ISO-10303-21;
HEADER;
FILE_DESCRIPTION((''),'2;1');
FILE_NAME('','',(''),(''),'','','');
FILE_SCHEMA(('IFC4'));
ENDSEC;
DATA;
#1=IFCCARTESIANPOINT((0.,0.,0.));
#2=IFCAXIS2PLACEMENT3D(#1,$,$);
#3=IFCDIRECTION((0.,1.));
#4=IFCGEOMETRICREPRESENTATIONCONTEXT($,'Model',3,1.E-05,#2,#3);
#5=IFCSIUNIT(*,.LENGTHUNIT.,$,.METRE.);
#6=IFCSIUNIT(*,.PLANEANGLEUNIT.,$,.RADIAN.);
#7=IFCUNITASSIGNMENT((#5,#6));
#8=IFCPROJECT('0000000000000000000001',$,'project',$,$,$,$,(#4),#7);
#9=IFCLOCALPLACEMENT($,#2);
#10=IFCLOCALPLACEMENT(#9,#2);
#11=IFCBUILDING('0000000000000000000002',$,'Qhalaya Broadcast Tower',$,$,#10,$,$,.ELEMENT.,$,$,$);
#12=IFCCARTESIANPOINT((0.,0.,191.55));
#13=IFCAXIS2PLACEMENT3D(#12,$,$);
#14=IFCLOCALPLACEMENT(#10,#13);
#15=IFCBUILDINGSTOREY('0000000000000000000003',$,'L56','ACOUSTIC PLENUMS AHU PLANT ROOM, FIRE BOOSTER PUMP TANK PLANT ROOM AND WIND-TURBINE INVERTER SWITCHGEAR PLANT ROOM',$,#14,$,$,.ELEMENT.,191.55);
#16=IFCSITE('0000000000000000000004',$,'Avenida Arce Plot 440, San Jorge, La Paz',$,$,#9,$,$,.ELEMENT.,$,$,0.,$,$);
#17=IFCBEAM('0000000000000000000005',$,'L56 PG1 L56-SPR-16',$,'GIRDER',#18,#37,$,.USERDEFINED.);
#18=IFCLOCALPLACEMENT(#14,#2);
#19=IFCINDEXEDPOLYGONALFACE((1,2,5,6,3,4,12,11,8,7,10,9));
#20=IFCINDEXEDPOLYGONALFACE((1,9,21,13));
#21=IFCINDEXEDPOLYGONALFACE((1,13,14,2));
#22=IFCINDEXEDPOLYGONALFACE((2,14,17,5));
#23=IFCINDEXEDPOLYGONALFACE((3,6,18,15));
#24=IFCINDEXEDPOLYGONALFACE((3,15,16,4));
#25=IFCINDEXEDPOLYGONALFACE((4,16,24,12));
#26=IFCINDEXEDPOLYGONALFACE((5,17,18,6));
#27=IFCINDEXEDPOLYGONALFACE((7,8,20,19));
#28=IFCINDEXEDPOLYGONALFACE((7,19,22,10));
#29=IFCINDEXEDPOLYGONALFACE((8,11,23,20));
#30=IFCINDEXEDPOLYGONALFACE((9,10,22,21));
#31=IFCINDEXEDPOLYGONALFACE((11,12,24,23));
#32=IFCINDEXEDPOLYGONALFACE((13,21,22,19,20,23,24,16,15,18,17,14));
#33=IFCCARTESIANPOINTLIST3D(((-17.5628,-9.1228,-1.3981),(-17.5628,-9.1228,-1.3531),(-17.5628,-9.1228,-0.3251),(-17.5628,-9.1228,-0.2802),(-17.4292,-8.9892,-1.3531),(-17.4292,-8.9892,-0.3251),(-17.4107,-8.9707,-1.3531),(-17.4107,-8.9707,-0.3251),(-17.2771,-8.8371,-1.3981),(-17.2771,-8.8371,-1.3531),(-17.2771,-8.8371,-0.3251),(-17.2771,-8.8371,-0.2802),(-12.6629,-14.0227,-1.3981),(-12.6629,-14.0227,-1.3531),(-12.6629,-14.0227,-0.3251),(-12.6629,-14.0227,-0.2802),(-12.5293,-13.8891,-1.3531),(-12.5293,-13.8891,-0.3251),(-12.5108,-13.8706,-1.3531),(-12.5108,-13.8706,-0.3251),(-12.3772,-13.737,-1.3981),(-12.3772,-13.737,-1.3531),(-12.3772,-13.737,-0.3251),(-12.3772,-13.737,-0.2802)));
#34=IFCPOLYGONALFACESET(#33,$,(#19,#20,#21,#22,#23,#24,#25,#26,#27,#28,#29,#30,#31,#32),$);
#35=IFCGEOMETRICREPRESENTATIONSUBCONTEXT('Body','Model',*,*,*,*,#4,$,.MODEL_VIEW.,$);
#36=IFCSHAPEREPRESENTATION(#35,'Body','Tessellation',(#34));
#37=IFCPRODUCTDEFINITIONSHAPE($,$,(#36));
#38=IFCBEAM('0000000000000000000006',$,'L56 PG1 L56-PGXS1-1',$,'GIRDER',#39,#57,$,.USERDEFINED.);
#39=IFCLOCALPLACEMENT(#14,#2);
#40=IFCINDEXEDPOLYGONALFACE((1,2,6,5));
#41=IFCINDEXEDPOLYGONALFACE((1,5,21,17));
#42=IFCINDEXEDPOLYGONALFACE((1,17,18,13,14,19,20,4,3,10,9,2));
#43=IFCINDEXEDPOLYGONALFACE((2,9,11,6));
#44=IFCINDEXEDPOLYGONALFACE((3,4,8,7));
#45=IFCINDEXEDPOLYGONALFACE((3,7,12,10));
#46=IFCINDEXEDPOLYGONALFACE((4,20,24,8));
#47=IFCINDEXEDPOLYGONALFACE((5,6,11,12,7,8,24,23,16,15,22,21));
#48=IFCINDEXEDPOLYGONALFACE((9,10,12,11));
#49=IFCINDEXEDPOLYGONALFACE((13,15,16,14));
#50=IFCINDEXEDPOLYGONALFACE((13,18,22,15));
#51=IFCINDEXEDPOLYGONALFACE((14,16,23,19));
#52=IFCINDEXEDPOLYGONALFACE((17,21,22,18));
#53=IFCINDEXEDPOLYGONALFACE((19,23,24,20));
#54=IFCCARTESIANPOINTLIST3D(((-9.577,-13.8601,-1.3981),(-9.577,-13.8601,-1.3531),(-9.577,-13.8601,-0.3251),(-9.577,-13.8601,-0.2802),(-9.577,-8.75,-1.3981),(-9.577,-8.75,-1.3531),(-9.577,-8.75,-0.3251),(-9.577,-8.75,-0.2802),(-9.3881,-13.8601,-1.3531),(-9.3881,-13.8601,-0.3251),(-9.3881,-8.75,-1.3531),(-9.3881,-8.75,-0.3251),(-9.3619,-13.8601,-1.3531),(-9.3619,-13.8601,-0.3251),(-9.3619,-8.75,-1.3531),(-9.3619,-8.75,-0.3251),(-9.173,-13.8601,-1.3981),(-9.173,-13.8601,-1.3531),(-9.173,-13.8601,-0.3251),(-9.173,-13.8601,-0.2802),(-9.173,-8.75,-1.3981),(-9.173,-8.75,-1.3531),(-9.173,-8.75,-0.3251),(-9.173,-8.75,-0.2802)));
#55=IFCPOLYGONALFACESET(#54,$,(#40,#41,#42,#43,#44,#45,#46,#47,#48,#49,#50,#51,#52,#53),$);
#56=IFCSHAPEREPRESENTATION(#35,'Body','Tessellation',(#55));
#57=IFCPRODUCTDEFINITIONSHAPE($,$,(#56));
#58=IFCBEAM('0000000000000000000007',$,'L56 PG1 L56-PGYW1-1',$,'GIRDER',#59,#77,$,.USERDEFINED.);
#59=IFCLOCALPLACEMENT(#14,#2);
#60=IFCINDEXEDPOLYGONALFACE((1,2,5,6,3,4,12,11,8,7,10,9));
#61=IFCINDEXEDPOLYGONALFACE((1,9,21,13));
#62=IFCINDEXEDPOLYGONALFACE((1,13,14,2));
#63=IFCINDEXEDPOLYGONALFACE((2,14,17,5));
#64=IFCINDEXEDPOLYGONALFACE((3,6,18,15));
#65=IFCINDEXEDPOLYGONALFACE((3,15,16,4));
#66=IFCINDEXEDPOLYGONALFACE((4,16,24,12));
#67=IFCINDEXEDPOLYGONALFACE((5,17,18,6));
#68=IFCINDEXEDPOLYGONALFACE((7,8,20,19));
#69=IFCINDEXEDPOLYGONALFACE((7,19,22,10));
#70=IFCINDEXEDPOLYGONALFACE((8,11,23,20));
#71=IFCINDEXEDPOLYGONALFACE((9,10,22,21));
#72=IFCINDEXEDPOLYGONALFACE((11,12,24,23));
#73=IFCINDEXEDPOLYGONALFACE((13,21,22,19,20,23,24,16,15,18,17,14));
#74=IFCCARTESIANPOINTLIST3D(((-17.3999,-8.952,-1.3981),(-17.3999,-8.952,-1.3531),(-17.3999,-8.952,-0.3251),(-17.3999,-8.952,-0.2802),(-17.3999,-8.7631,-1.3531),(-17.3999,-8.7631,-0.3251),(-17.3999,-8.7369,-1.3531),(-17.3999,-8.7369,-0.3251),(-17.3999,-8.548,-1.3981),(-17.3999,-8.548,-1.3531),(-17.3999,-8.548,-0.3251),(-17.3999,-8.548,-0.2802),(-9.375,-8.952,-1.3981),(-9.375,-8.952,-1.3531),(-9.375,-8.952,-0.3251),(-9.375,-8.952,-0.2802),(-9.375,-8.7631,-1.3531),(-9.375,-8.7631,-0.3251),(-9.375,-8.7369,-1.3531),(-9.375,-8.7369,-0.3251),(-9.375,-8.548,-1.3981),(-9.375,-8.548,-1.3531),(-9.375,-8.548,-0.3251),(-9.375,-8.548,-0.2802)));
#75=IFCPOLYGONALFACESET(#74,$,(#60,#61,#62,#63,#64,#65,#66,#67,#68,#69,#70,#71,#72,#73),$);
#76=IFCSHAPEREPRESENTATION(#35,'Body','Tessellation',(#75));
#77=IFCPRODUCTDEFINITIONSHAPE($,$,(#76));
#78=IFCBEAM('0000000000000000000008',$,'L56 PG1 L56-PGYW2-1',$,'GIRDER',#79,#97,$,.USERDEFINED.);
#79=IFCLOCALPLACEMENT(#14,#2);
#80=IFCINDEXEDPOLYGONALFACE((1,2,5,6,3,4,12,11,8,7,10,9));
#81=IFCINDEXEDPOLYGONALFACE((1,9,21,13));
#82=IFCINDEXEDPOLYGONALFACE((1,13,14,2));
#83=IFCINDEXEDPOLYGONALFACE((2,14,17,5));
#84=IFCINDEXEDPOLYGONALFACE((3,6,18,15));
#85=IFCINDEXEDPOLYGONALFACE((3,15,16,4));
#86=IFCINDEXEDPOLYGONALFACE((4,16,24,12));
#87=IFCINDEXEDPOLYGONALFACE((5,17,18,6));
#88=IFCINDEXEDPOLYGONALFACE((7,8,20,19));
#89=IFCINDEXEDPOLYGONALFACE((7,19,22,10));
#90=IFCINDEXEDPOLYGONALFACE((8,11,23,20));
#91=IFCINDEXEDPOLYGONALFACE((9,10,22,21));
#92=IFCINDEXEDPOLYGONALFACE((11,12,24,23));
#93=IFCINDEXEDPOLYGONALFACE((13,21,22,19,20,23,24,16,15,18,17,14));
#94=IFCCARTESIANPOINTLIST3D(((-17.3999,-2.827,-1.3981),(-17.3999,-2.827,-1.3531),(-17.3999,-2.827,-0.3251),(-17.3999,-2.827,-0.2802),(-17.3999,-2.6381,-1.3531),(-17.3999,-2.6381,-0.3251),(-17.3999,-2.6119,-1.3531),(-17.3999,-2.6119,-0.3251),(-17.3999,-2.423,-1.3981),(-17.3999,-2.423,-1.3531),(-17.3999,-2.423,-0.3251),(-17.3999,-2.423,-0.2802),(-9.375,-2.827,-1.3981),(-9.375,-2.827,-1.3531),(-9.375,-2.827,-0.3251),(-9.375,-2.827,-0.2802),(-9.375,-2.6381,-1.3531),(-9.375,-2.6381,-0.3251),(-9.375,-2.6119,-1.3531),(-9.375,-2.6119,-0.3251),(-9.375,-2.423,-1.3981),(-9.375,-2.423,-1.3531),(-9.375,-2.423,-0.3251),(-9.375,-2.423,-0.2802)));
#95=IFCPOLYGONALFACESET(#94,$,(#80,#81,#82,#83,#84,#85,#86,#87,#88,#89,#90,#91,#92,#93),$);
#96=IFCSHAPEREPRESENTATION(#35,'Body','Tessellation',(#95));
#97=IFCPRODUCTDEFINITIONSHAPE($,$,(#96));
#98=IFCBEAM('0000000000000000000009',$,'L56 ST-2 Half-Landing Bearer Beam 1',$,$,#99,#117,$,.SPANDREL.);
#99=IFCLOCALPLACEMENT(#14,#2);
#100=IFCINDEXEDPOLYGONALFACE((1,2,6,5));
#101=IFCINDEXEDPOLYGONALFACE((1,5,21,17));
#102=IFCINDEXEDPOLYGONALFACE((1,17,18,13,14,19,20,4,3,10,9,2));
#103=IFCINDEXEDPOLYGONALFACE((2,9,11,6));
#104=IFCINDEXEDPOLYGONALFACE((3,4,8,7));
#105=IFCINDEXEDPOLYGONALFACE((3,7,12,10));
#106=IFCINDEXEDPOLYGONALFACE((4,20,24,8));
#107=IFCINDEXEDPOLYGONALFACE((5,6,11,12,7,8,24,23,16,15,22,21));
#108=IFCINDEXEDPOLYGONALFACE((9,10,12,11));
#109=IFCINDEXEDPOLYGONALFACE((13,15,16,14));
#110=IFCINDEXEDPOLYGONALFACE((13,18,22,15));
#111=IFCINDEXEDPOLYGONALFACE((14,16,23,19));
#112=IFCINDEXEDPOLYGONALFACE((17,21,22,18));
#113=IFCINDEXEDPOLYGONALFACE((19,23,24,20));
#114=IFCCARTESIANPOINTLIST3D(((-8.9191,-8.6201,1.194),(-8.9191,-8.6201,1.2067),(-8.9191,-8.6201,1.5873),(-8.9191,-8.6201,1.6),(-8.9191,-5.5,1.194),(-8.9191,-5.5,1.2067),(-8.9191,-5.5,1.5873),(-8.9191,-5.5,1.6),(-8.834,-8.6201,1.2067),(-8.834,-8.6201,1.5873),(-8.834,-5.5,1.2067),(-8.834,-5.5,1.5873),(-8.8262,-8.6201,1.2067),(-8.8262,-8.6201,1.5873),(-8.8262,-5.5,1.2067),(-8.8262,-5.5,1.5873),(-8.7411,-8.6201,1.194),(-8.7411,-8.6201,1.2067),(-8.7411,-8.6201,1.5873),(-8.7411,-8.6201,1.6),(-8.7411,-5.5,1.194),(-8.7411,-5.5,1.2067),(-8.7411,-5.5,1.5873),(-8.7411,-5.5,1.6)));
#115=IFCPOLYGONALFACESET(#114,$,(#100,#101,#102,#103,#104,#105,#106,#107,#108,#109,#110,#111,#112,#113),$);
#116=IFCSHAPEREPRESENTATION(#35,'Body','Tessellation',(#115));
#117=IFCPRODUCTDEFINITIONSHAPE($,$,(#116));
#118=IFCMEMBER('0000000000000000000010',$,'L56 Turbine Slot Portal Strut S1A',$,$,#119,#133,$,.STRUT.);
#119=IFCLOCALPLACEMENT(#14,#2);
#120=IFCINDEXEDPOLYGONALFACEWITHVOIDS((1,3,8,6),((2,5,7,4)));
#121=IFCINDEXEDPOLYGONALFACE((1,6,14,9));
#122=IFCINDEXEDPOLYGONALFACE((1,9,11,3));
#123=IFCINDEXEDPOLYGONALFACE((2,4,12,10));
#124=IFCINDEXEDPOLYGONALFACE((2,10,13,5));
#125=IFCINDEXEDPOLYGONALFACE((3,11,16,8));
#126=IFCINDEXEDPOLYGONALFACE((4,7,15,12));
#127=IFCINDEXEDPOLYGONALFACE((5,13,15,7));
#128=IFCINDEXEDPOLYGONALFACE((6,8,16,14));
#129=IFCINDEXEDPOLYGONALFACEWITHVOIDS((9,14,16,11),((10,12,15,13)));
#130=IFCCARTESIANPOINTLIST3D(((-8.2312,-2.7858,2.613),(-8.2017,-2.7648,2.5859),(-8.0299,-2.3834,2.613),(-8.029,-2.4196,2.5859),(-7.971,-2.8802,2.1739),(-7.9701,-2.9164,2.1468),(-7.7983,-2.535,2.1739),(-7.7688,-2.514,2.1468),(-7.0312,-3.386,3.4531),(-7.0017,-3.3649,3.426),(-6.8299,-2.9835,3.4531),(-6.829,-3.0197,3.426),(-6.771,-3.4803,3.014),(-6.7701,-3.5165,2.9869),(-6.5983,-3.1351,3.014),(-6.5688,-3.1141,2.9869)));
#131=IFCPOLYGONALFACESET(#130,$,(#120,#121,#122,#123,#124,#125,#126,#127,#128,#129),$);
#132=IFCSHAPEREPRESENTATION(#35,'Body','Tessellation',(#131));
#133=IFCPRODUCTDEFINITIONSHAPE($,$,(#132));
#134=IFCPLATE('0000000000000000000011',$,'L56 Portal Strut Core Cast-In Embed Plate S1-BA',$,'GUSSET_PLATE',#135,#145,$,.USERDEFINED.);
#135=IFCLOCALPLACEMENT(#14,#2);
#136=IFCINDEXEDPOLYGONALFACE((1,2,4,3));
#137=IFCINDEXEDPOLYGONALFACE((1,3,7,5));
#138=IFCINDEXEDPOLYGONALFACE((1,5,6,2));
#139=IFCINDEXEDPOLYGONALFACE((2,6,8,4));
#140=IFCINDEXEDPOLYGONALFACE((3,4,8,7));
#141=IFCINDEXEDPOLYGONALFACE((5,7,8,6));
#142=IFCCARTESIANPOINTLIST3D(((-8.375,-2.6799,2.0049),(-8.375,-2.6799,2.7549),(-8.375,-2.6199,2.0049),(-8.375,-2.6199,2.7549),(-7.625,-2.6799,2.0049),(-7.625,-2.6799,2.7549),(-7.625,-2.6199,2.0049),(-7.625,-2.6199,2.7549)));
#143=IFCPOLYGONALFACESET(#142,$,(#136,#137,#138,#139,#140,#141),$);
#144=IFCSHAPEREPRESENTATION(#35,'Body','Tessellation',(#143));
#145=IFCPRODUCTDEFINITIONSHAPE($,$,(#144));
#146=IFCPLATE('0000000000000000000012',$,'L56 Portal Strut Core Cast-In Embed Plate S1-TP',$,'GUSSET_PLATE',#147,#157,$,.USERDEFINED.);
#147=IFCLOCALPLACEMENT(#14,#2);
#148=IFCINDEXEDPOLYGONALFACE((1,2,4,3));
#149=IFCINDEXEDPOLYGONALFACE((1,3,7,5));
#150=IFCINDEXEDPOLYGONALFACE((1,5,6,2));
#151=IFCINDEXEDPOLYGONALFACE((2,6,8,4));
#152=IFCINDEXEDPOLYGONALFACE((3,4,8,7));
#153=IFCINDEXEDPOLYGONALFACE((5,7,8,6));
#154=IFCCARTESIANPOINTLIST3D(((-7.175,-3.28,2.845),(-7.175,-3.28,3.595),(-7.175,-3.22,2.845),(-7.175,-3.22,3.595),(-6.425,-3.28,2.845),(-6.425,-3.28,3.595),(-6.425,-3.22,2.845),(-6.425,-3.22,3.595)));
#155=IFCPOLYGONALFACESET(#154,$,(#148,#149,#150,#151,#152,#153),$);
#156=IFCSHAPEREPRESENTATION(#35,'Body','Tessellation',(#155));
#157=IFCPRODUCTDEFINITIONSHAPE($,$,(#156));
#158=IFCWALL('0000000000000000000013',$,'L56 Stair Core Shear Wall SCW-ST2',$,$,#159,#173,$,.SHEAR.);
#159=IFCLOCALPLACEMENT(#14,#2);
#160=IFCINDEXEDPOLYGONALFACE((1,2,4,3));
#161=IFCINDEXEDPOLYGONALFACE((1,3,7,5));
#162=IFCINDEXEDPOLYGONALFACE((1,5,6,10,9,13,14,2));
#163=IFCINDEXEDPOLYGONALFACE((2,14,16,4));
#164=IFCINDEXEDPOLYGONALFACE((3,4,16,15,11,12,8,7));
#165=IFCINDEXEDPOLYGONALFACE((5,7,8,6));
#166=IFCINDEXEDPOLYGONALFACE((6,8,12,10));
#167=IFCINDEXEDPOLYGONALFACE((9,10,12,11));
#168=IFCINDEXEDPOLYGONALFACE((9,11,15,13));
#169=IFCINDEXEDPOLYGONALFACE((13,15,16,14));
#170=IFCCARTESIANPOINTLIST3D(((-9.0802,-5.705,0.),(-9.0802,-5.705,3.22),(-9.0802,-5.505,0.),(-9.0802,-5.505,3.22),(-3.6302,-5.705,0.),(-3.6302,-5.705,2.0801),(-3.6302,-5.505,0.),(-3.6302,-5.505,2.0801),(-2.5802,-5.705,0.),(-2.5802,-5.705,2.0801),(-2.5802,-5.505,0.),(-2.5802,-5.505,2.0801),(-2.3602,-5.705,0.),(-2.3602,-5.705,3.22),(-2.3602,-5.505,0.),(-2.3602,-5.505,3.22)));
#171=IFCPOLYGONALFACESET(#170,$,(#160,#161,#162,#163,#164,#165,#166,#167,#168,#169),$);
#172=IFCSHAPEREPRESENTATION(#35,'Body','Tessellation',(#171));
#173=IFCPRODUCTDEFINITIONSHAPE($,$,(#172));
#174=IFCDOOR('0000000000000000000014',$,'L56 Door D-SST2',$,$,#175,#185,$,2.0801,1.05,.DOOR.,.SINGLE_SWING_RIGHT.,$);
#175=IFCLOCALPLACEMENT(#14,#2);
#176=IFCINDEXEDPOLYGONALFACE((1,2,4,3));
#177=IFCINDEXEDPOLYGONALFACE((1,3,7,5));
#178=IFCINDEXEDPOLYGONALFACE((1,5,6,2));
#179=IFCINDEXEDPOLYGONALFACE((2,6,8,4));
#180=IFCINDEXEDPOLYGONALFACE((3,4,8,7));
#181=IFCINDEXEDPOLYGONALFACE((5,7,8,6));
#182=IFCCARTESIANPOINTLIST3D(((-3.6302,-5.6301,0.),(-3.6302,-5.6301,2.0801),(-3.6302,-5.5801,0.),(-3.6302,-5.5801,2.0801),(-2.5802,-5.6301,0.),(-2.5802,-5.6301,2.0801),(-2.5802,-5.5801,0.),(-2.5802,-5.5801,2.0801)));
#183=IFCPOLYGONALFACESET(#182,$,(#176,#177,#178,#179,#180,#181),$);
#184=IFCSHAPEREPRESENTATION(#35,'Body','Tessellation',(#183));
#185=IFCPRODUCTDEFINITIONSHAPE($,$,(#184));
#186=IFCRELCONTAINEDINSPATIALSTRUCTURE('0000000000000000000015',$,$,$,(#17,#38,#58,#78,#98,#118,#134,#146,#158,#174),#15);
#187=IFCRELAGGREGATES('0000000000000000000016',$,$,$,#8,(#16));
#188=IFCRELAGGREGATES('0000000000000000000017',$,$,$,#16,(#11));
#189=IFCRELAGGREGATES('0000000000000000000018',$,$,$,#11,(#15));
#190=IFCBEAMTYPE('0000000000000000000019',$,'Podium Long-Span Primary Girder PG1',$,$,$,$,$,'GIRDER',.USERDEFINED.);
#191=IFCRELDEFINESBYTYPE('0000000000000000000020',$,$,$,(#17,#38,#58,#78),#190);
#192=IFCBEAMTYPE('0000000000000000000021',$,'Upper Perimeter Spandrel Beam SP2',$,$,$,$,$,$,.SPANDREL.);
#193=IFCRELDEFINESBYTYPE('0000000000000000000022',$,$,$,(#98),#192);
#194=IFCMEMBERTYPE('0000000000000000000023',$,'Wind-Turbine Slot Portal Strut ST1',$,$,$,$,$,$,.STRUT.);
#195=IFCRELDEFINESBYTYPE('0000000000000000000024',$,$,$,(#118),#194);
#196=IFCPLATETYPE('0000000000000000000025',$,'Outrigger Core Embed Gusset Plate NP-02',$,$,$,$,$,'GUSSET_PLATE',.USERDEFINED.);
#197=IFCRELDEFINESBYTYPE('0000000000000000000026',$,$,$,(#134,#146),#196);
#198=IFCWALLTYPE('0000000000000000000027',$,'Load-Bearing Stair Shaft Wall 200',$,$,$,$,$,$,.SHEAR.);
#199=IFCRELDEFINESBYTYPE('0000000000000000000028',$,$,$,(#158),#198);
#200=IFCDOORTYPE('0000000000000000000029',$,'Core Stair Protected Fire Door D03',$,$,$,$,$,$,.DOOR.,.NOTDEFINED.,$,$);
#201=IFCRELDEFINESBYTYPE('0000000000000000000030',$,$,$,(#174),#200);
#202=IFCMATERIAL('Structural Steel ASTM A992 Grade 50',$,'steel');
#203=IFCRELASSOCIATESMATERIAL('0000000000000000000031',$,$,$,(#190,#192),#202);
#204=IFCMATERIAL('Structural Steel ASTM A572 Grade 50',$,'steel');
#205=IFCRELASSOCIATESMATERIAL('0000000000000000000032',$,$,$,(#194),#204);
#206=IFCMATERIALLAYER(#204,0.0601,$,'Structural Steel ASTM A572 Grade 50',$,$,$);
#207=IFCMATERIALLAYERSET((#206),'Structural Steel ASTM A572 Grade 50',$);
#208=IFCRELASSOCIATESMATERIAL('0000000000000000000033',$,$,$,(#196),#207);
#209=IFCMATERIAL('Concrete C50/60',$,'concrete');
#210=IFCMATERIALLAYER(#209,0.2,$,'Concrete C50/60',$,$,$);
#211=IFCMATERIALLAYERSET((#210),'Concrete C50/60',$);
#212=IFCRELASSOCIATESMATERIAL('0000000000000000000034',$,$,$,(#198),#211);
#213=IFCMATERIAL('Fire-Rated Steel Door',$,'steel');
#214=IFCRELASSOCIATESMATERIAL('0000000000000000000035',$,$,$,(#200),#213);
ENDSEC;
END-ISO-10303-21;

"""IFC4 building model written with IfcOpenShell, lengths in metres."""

from ifc_helpers import new_model, si_unit, direction, frame, frame_2d, origin, origin_2d, place, context, subcontext, project, spatial, rectangle, hollow_rectangle, i_section, extrude, material, layer, layer_set, material_profile, profile_set, type_object, element, fill, save


model = new_model("IFC4")

# Units and contexts
model_context = context("Model", 3, precision=1e-05, world=origin(), true_north=direction((0.0, 1.0)))
body_context = subcontext(model_context, "Body", "Model", "MODEL_VIEW")
ifc_project = project(units=[si_unit("LENGTHUNIT", "METRE"), si_unit("PLANEANGLEUNIT", "RADIAN")], contexts=[model_context])

# Site, building, storey
site_placement = place(None, origin())
site = spatial("IfcSite", under=ifc_project, at=site_placement, Name="Avenida Arce Plot 440, San Jorge, La Paz", CompositionType="ELEMENT", RefElevation=0.0)
building_placement = place(site_placement, origin())
building = spatial("IfcBuilding", under=site, at=building_placement, Name="Qhalaya Broadcast Tower", CompositionType="ELEMENT")
storey_placement = place(building_placement, frame((0.0, 0.0, 191.55)))
storey = spatial("IfcBuildingStorey", under=building, at=storey_placement, Name="L56", Description="ACOUSTIC PLENUMS AHU PLANT ROOM, FIRE BOOSTER PUMP TANK PLANT ROOM AND WIND-TURBINE INVERTER SWITCHGEAR PLANT ROOM", CompositionType="ELEMENT", Elevation=191.55)

# Shared definitions
ifc_material_1 = material(Name="Concrete C50/60", Category="concrete")
ifc_material_2 = material(Name="Structural Steel ASTM A572 Grade 50", Category="steel")

# Beams
ifc_material_3 = material(Name="Structural Steel ASTM A992 Grade 50", Category="steel")
ifc_material_profile_1 = material_profile(ifc_material_3, i_section(OverallWidth=0.4041, OverallDepth=1.1179, WebThickness=0.0261, FlangeThickness=0.0449, at=origin_2d()), Name="W44X335")
ifc_profile_set_1 = profile_set([ifc_material_profile_1], Name="Structural Steel ASTM A992 Grade 50")
beam_type_1 = type_object("IfcBeamType", Name="Podium Long-Span Primary Girder PG1", ElementType="GIRDER", PredefinedType="USERDEFINED", material=ifc_profile_set_1)
beam_1_placement = place(storey_placement, frame((-17.4199, -8.98, -0.8391), z_axis=(0.707107, -0.707107, 0.0), x_axis=(0.707107, 0.707107, 0.0)))
element("IfcBeam", 1, at=beam_1_placement, inside=storey, type_object=beam_type_1, Name="L56 PG1 L56-SPR-16", ObjectType="GIRDER", PredefinedType="USERDEFINED", context=body_context, shape_type="SweptSolid", body=[
    extrude(i_section(OverallWidth=0.4041, OverallDepth=1.1179, WebThickness=0.0261, FlangeThickness=0.0449, at=origin_2d()), origin(), (0.0, 0.0, 1.0), 6.9294),
])
beam_2_placement = place(storey_placement, frame((-9.375, -13.8601, -0.8391), z_axis=(0.0, 1.0, 0.0), x_axis=(-1.0, 0.0, 0.0)))
element("IfcBeam", 2, at=beam_2_placement, inside=storey, type_object=beam_type_1, Name="L56 PG1 L56-PGXS1-1", ObjectType="GIRDER", PredefinedType="USERDEFINED", context=body_context, shape_type="SweptSolid", body=[
    extrude(i_section(OverallWidth=0.4041, OverallDepth=1.1179, WebThickness=0.0261, FlangeThickness=0.0449, at=origin_2d()), origin(), (0.0, 0.0, 1.0), 5.1101),
])
for number, where, z_axis, x_axis, name in (
    (3, (-17.3999, -8.75, -0.8391), (1.0, 0.0, 0.0), (0.0, 1.0, 0.0), "L56 PG1 L56-PGYW1-1"),
    (4, (-17.3999, -2.625, -0.8391), (1.0, 0.0, 0.0), (0.0, 1.0, 0.0), "L56 PG1 L56-PGYW2-1"),
):
    element("IfcBeam", number, at=place(storey_placement, frame(where, z_axis=z_axis, x_axis=x_axis)), inside=storey, type_object=beam_type_1, Name=name, ObjectType="GIRDER", PredefinedType="USERDEFINED", context=body_context, shape_type="SweptSolid", body=[
        extrude(i_section(OverallWidth=0.4041, OverallDepth=1.1179, WebThickness=0.0261, FlangeThickness=0.0449, at=origin_2d()), origin(), (0.0, 0.0, 1.0), 8.0249),
    ])
ifc_material_profile_2 = material_profile(ifc_material_3, i_section(OverallWidth=0.178, OverallDepth=0.406, WebThickness=0.0078, FlangeThickness=0.0127, at=origin_2d()), Name="W16X40")
ifc_profile_set_2 = profile_set([ifc_material_profile_2], Name="Structural Steel ASTM A992 Grade 50")
beam_type_2 = type_object("IfcBeamType", Name="Upper Perimeter Spandrel Beam SP2", PredefinedType="SPANDREL", material=ifc_profile_set_2)
beam_3_placement = place(storey_placement, frame((-8.8301, -8.6201, 1.397), z_axis=(0.0, 1.0, 0.0), x_axis=(-1.0, 0.0, 0.0)))
element("IfcBeam", 5, at=beam_3_placement, inside=storey, type_object=beam_type_2, Name="L56 ST-2 Half-Landing Bearer Beam 1", PredefinedType="SPANDREL", context=body_context, shape_type="SweptSolid", body=[
    extrude(i_section(OverallWidth=0.178, OverallDepth=0.406, WebThickness=0.0078, FlangeThickness=0.0127, at=origin_2d()), origin(), (0.0, 0.0, 1.0), 3.1201),
])

# Member
ifc_material_profile_3 = material_profile(ifc_material_2, hollow_rectangle(XDim=0.45, YDim=0.55, WallThickness=0.032, at=origin_2d()), Name="BOX 450x550x32")
ifc_profile_set_3 = profile_set([ifc_material_profile_3], Name="Structural Steel ASTM A572 Grade 50")
member_type = type_object("IfcMemberType", Name="Wind-Turbine Slot Portal Strut ST1", PredefinedType="STRUT", material=ifc_profile_set_3)
member_placement = place(storey_placement, frame((-8.0, -2.6499, 2.3799), z_axis=(0.758045, -0.3791, 0.530709), x_axis=(0.447286, 0.894391, 0.0)))
element("IfcMember", 6, at=member_placement, inside=storey, type_object=member_type, Name="L56 Turbine Slot Portal Strut S1A", PredefinedType="STRUT", context=body_context, shape_type="SweptSolid", body=[
    extrude(hollow_rectangle(XDim=0.45, YDim=0.55, WallThickness=0.032, at=origin_2d()), origin(), (0.0, 0.0, 1.0), 1.583),
])

# Plates
ifc_layer_1 = layer(ifc_material_2, 0.0601, Name="Structural Steel ASTM A572 Grade 50")
ifc_layer_set_1 = layer_set([ifc_layer_1], Name="Structural Steel ASTM A572 Grade 50")
plate_type = type_object("IfcPlateType", Name="Outrigger Core Embed Gusset Plate NP-02", ElementType="GUSSET_PLATE", PredefinedType="USERDEFINED", material=ifc_layer_set_1)
for number, where, z_axis, x_axis, name in (
    (7, (-8.0, -2.6499, 2.0049), (0.0, 0.0, 1.0), (1.0, 0.0, 0.0), "L56 Portal Strut Core Cast-In Embed Plate S1-BA"),
    (8, (-6.8, -3.25, 2.845), (0.0, 0.0, 1.0), (1.0, 0.0, 0.0), "L56 Portal Strut Core Cast-In Embed Plate S1-TP"),
):
    element("IfcPlate", number, at=place(storey_placement, frame(where, z_axis=z_axis, x_axis=x_axis)), inside=storey, type_object=plate_type, Name=name, ObjectType="GUSSET_PLATE", PredefinedType="USERDEFINED", context=body_context, shape_type="SweptSolid", body=[
        extrude(rectangle(XDim=0.75, YDim=0.0601, at=origin_2d()), origin(), (0.0, 0.0, 1.0), 0.75),
    ])

# Wall, opening, door
ifc_layer_2 = layer(ifc_material_1, 0.2, Name="Concrete C50/60")
ifc_layer_set_2 = layer_set([ifc_layer_2], Name="Concrete C50/60")
wall_type_1 = type_object("IfcWallType", Name="Load-Bearing Stair Shaft Wall 200", PredefinedType="SHEAR", material=ifc_layer_set_2)
wall_1_placement = place(storey_placement, frame((-9.0801, -5.605, 0.0), z_axis=(0.0, 0.0, 1.0), x_axis=(1.0, 0.0, 0.0)))
wall_1 = element("IfcWall", 9, at=wall_1_placement, inside=storey, type_object=wall_type_1, Name="L56 Stair Core Shear Wall SCW-ST2", PredefinedType="SHEAR", context=body_context, shape_type="SweptSolid", body=[
    extrude(rectangle(XDim=6.72, YDim=0.2, at=frame_2d((3.3599, 0.0))), origin(), (0.0, 0.0, 1.0), 3.22),
])
opening_1_placement = place(wall_1_placement, frame((5.45, 0.0, 0.0)))
opening_1 = element("IfcOpeningElement", 10, at=opening_1_placement, cuts=wall_1, PredefinedType="OPENING", context=body_context, shape_type="SweptSolid", body=[
    extrude(rectangle(XDim=1.05, YDim=2.0801, at=frame_2d((0.5249, 1.04))), frame((0.0, 0.1121, 0.0), z_axis=(0.0, -1.0, 0.0), x_axis=(1.0, 0.0, 0.0)), (0.0, 0.0, 1.0), 0.2239),
])
ifc_material_4 = material(Name="Fire-Rated Steel Door", Category="steel")
door_type_1 = type_object("IfcDoorType", Name="Core Stair Protected Fire Door D03", OperationType="NOTDEFINED", PredefinedType="DOOR", material=ifc_material_4)
door_1_placement = place(opening_1_placement, origin())
door_1 = element("IfcDoor", 11, at=door_1_placement, inside=storey, type_object=door_type_1, Name="L56 Door D-SST2", OperationType="SINGLE_SWING_RIGHT", OverallHeight=2.0801, OverallWidth=1.05, PredefinedType="DOOR", context=body_context, shape_type="SweptSolid", body=[
    extrude(rectangle(XDim=1.05, YDim=2.0801, at=frame_2d((0.5249, 1.04))), frame((0.0, 0.0249, 0.0), z_axis=(0.0, -1.0, 0.0), x_axis=(1.0, 0.0, 0.0)), (0.0, 0.0, 1.0), 0.05),
])
fill(opening_1, door_1)

save(model, "model.ifc")
